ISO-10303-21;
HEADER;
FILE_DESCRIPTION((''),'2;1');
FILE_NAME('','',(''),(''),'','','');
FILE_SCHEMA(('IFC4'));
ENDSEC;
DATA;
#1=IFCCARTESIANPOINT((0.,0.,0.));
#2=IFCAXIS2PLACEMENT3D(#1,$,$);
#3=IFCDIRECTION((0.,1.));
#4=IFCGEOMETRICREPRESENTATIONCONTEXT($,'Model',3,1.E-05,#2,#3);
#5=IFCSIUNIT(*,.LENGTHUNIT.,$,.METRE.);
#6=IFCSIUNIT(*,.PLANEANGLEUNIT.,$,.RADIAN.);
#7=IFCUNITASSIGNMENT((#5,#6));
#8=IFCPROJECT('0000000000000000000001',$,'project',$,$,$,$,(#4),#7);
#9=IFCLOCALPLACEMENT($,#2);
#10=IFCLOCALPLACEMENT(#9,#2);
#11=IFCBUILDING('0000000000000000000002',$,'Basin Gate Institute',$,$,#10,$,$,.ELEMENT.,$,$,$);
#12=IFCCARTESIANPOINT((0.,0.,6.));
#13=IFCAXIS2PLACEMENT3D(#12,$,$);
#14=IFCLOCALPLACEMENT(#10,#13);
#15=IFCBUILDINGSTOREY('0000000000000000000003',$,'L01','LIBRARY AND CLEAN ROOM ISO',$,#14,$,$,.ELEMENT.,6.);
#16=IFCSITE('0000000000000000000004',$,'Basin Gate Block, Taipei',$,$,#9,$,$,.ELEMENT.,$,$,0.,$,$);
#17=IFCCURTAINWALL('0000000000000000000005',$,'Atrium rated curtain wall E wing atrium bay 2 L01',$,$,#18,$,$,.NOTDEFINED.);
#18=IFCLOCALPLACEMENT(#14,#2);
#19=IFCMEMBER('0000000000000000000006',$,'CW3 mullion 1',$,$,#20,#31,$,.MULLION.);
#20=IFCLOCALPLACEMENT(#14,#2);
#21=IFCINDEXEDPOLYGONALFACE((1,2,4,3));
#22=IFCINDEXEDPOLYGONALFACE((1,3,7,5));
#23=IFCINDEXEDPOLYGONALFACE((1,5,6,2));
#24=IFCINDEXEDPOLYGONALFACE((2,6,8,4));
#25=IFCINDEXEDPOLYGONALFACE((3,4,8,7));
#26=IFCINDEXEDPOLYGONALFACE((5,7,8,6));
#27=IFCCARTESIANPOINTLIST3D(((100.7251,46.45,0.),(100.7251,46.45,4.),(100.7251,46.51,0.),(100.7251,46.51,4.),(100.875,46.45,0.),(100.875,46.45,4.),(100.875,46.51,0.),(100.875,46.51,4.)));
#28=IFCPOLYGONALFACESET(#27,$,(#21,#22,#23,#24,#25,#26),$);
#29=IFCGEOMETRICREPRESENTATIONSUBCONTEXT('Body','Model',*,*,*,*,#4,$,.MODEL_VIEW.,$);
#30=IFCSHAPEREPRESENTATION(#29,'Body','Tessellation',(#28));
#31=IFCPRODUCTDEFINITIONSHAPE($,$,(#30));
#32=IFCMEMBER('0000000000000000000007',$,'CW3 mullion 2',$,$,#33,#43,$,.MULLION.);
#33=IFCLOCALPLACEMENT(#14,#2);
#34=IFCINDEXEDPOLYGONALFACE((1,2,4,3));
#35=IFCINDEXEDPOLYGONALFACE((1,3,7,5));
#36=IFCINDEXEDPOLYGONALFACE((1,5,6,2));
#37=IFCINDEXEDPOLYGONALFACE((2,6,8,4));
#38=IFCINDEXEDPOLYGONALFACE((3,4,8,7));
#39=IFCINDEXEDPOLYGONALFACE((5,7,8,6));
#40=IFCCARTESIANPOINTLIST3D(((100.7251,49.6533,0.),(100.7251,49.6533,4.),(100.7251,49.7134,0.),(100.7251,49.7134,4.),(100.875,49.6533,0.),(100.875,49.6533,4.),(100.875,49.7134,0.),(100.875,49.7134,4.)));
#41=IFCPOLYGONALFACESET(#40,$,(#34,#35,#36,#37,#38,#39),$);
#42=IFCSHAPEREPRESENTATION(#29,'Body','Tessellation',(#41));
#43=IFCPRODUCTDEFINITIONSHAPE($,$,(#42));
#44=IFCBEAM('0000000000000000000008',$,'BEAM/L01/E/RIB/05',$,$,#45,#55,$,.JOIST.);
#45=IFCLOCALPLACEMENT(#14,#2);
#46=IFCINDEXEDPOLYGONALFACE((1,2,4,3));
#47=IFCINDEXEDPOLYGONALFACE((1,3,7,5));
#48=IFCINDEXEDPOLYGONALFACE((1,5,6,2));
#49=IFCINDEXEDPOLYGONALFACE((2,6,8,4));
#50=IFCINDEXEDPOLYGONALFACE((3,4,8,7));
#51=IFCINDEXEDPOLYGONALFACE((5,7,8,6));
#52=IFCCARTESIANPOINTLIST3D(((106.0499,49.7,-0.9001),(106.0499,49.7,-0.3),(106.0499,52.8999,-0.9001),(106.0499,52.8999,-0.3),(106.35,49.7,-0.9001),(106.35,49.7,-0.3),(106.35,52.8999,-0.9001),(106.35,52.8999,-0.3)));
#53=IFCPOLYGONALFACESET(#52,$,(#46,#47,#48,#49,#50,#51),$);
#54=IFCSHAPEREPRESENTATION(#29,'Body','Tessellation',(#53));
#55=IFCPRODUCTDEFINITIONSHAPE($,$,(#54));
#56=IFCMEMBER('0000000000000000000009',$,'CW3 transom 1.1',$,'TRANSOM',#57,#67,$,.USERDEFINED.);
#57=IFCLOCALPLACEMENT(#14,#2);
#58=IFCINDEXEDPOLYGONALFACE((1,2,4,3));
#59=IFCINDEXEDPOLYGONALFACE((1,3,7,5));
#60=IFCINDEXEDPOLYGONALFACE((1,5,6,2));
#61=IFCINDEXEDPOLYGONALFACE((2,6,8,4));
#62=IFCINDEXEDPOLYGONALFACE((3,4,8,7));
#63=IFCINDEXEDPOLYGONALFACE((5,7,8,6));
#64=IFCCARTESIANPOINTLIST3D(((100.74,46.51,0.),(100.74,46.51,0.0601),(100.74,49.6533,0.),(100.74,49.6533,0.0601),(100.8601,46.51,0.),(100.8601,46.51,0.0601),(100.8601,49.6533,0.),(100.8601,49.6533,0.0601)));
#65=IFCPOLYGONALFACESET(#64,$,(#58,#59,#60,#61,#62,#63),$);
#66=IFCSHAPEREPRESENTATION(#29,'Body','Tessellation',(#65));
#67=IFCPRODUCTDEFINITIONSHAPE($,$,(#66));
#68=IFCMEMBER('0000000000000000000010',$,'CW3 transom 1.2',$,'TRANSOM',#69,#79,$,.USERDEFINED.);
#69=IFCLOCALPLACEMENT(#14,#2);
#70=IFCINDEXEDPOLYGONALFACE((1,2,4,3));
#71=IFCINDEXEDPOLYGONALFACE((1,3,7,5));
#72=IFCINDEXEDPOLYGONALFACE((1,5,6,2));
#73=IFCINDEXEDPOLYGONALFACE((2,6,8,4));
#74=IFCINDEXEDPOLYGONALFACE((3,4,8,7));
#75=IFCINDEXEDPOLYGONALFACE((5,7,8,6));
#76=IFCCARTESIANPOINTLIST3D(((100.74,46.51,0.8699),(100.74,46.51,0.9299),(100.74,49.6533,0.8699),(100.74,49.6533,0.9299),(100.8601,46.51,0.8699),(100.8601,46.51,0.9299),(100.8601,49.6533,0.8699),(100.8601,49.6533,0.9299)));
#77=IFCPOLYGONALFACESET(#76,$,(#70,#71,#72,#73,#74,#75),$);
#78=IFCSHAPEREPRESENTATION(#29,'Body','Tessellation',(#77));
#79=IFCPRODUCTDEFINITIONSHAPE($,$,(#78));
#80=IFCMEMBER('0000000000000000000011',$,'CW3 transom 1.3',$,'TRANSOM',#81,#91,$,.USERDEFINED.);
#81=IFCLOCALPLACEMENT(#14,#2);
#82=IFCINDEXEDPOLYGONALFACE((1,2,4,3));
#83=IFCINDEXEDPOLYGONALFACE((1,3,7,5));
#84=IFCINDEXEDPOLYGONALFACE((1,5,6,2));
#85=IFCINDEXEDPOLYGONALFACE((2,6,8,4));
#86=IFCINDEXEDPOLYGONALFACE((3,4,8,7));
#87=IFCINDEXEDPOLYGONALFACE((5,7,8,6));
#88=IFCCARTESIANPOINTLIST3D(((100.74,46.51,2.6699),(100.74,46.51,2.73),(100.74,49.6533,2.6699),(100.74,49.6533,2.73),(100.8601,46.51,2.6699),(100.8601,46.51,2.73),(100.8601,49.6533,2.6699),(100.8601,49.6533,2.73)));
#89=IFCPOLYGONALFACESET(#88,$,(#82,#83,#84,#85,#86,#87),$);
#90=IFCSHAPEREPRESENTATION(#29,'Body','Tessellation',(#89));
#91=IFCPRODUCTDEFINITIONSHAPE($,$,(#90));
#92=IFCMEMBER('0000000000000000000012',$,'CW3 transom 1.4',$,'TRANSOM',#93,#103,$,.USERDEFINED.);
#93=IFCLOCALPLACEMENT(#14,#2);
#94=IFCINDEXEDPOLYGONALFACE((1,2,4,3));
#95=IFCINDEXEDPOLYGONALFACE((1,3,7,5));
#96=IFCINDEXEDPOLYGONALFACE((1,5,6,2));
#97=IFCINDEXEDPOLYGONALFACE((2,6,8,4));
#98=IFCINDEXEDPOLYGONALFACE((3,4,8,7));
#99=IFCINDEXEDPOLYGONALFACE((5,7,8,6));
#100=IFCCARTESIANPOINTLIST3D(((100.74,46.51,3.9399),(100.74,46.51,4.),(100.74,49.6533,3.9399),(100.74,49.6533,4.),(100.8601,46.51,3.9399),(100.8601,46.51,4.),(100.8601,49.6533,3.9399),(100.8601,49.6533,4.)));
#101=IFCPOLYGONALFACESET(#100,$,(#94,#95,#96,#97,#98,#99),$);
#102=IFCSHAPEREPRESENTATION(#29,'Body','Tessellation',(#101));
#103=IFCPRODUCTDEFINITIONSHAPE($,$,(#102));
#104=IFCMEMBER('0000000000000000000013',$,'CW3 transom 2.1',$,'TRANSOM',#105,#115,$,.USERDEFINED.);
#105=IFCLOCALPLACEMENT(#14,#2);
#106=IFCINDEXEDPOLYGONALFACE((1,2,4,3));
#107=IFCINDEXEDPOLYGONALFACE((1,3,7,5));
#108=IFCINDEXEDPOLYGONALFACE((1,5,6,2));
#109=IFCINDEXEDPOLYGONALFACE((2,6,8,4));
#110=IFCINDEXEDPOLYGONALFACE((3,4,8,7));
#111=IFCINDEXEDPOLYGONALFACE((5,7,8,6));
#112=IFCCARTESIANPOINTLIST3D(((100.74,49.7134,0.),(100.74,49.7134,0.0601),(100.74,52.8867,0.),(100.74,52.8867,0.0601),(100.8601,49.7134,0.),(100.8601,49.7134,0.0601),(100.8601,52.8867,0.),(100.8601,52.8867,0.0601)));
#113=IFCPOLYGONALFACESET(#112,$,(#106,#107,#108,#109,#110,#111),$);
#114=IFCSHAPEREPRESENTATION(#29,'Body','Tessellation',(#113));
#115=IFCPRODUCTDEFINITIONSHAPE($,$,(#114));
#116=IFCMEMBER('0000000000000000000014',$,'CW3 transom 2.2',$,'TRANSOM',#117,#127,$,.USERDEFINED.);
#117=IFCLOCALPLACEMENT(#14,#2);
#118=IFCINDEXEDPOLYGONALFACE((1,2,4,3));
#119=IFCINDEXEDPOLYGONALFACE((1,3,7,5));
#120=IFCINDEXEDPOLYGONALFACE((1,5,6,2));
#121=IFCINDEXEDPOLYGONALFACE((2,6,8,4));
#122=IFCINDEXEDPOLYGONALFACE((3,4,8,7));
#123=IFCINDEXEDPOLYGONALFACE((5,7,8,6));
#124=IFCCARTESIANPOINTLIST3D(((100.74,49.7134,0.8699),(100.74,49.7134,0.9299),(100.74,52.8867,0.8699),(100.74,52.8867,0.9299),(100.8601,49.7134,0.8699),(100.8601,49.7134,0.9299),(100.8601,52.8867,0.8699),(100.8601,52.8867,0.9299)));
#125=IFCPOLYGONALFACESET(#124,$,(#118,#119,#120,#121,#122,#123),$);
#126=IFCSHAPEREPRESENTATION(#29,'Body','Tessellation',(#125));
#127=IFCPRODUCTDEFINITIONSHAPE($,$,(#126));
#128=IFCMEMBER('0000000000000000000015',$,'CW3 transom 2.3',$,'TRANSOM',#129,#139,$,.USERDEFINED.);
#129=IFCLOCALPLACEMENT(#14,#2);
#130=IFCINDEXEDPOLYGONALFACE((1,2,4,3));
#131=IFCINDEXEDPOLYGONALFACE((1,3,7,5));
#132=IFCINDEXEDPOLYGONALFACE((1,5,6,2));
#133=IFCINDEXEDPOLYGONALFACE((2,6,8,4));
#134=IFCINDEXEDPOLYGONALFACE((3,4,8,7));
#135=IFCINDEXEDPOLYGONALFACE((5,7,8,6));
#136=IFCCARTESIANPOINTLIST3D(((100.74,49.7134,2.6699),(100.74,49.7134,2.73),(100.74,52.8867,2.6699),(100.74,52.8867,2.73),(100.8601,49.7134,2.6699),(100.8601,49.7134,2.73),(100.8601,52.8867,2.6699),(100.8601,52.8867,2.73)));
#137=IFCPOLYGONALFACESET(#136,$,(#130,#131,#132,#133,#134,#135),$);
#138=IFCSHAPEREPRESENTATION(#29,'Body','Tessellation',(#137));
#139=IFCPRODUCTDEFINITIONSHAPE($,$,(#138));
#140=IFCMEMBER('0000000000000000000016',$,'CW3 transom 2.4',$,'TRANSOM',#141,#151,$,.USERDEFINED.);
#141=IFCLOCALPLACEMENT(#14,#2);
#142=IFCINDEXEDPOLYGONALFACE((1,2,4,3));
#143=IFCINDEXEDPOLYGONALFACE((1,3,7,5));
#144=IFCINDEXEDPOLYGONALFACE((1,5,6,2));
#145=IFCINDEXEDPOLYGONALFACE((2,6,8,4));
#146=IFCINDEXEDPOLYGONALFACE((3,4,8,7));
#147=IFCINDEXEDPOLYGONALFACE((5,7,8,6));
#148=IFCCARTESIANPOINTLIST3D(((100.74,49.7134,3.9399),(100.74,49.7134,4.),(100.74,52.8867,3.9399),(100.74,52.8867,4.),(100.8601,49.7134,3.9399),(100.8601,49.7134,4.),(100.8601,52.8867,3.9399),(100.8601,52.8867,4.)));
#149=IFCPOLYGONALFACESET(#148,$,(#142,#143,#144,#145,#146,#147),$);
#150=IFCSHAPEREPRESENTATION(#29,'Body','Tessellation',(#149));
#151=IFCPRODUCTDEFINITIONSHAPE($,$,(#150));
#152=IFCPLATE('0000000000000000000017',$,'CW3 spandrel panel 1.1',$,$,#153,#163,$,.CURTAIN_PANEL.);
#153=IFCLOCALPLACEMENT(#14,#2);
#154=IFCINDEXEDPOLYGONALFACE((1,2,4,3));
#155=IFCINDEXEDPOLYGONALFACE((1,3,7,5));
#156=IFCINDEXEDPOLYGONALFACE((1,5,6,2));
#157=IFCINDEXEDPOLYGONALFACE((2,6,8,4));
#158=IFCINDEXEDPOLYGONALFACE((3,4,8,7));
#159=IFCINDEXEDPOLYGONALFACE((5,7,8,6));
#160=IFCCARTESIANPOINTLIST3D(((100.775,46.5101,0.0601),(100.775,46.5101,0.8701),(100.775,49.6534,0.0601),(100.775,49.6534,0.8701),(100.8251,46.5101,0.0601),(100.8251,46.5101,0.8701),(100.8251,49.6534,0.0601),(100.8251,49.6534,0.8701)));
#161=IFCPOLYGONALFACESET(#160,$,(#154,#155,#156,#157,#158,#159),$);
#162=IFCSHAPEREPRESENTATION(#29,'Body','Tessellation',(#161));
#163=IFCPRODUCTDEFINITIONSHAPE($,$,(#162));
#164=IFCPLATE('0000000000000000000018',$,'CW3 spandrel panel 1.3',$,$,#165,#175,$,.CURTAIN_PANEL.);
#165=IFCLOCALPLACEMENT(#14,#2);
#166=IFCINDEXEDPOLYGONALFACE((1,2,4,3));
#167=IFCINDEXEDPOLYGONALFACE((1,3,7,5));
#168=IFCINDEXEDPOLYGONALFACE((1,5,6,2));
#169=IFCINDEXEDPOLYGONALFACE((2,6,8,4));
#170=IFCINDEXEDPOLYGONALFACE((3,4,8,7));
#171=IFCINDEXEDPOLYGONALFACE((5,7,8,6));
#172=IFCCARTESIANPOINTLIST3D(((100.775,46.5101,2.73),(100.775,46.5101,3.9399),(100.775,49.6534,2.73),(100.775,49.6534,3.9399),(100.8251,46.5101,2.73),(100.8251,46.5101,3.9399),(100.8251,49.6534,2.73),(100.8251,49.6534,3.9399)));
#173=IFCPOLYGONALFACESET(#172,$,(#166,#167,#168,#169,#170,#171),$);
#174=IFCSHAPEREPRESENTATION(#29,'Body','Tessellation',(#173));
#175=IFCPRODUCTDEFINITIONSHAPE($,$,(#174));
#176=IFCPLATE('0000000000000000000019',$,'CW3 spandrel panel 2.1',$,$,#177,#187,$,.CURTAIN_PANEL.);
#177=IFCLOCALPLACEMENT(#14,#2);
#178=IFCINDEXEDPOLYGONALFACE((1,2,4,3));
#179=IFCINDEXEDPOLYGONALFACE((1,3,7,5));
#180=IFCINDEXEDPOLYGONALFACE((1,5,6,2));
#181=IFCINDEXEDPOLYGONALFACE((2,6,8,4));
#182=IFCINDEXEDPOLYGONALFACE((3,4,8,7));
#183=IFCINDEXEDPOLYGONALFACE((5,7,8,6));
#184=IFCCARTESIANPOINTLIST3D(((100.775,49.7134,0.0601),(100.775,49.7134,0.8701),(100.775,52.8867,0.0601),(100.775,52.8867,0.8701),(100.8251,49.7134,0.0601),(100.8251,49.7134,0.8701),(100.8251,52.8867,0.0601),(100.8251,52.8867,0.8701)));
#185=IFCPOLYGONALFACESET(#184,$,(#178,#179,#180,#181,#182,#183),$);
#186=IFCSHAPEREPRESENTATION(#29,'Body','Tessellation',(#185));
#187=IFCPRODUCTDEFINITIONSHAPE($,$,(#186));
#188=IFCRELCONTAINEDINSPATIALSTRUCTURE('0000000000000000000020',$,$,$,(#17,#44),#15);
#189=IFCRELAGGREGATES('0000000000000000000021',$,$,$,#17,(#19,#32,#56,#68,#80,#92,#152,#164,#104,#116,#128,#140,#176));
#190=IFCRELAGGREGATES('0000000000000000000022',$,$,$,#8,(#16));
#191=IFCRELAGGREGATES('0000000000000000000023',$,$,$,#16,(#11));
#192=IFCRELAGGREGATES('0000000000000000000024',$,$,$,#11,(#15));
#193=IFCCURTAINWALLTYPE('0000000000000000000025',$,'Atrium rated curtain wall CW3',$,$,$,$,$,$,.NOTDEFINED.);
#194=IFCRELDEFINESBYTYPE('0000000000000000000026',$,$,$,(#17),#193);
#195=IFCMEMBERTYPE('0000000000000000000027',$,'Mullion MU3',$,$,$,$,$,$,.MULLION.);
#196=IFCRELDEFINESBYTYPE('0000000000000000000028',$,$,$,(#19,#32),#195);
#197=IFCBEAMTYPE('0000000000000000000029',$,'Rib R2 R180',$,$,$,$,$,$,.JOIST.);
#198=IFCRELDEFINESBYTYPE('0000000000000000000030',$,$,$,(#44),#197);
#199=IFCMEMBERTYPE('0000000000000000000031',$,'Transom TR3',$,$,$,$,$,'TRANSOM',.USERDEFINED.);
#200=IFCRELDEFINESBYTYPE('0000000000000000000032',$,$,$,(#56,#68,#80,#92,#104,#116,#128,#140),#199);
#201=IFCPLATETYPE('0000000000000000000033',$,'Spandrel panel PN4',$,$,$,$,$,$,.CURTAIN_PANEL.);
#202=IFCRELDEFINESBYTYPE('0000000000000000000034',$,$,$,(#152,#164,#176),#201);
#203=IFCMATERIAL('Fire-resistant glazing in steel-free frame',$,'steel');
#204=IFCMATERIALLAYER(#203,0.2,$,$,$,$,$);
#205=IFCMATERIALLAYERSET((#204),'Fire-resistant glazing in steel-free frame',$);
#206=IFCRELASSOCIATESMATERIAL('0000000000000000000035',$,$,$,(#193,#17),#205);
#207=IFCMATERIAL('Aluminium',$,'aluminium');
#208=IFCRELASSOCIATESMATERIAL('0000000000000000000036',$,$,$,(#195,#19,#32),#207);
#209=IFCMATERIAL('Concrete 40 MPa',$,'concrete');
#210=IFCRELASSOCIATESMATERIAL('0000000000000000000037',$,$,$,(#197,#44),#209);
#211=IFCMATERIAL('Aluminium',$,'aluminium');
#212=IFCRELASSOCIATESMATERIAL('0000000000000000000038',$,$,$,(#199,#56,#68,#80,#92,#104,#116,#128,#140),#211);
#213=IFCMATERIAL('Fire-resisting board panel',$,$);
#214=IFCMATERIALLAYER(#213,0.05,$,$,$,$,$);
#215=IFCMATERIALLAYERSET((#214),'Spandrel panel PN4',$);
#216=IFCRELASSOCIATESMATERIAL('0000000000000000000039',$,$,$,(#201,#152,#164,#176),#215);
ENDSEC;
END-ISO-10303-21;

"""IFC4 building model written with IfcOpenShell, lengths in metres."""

from ifc_helpers import new_model, si_unit, direction, frame, origin, origin_2d, place, context, subcontext, project, spatial, rectangle, extrude, material, layer, layer_set, material_profile, profile_set, type_object, element, aggregate, save


model = new_model("IFC4")

# Units and contexts
model_context = context("Model", 3, precision=1e-05, world=origin(), true_north=direction((0.0, 1.0)))
body_context = subcontext(model_context, "Body", "Model", "MODEL_VIEW")
ifc_project = project(units=[si_unit("LENGTHUNIT", "METRE"), si_unit("PLANEANGLEUNIT", "RADIAN")], contexts=[model_context])

# Site, building, storey
site_placement = place(None, origin())
site = spatial("IfcSite", under=ifc_project, at=site_placement, Name="Basin Gate Block, Taipei", CompositionType="ELEMENT", RefElevation=0.0)
building_placement = place(site_placement, origin())
building = spatial("IfcBuilding", under=site, at=building_placement, Name="Basin Gate Institute", CompositionType="ELEMENT")
storey_placement = place(building_placement, frame((0.0, 0.0, 6.0)))
storey = spatial("IfcBuildingStorey", under=building, at=storey_placement, Name="L01", Description="LIBRARY AND CLEAN ROOM ISO", CompositionType="ELEMENT", Elevation=6.0)

# Curtain wall, members
ifc_material_1 = material(Name="Fire-resistant glazing in steel-free frame", Category="steel")
ifc_layer_1 = layer(ifc_material_1, 0.2)
ifc_layer_set_1 = layer_set([ifc_layer_1], Name="Fire-resistant glazing in steel-free frame")
curtain_wall_type = type_object("IfcCurtainWallType", Name="Atrium rated curtain wall CW3", PredefinedType="NOTDEFINED", material=ifc_layer_set_1)
curtain_wall_placement = place(storey_placement, origin())
curtain_wall = element("IfcCurtainWall", 1, at=curtain_wall_placement, inside=storey, type_object=curtain_wall_type, material=ifc_layer_set_1, Name="Atrium rated curtain wall E wing atrium bay 2 L01", PredefinedType="NOTDEFINED")
ifc_material_2 = material(Name="Aluminium", Category="aluminium")
ifc_material_profile_1 = material_profile(ifc_material_2, rectangle(XDim=0.1499, YDim=0.0601, at=origin_2d()), Name="Mullion MU3 150 x 60")
ifc_profile_set_1 = profile_set([ifc_material_profile_1], Name="Aluminium")
member_type_1 = type_object("IfcMemberType", Name="Mullion MU3", PredefinedType="MULLION", material=ifc_profile_set_1)
member_1_placement = place(storey_placement, frame((100.8, 46.48, 0.0), z_axis=(0.0, 0.0, 1.0), x_axis=(-1.0, 0.0, 0.0)))
member_1 = element("IfcMember", 2, at=member_1_placement, type_object=member_type_1, material=ifc_profile_set_1, Name="CW3 mullion 1", PredefinedType="MULLION", context=body_context, shape_type="SweptSolid", body=[
    extrude(rectangle(XDim=0.1499, YDim=0.0601, at=origin_2d()), origin(), (0.0, 0.0, 1.0), 4.0),
])
member_2_placement = place(storey_placement, frame((100.8, 49.6833, 0.0), z_axis=(0.0, 0.0, 1.0), x_axis=(-1.0, 0.0, 0.0)))
member_2 = element("IfcMember", 3, at=member_2_placement, type_object=member_type_1, material=ifc_profile_set_1, Name="CW3 mullion 2", PredefinedType="MULLION", context=body_context, shape_type="SweptSolid", body=[
    extrude(rectangle(XDim=0.1499, YDim=0.0601, at=origin_2d()), origin(), (0.0, 0.0, 1.0), 4.0),
])

# Beam
ifc_material_3 = material(Name="Concrete 40 MPa", Category="concrete")
ifc_material_profile_2 = material_profile(ifc_material_3, rectangle(XDim=0.3, YDim=0.6001, at=origin_2d()), Name="Rib R2 300 x 600")
ifc_profile_set_2 = profile_set([ifc_material_profile_2], Name="Concrete 40 MPa")
beam_type = type_object("IfcBeamType", Name="Rib R2 R180", PredefinedType="JOIST", material=ifc_profile_set_2)
beam_placement = place(storey_placement, frame((106.2, 49.7, -0.6001), z_axis=(0.0, 1.0, 0.0), x_axis=(-1.0, 0.0, 0.0)))
element("IfcBeam", 4, at=beam_placement, inside=storey, type_object=beam_type, material=ifc_profile_set_2, Name="BEAM/L01/E/RIB/05", PredefinedType="JOIST", context=body_context, shape_type="SweptSolid", body=[
    extrude(rectangle(XDim=0.3, YDim=0.6001, at=origin_2d()), origin(), (0.0, 0.0, 1.0), 3.2),
])

# Members
ifc_material_4 = material(Name="Aluminium", Category="aluminium")
ifc_material_profile_3 = material_profile(ifc_material_4, rectangle(XDim=0.1201, YDim=0.0601, at=origin_2d()), Name="Transom TR3 120 x 60")
ifc_profile_set_3 = profile_set([ifc_material_profile_3], Name="Aluminium")
member_type_2 = type_object("IfcMemberType", Name="Transom TR3", ElementType="TRANSOM", PredefinedType="USERDEFINED", material=ifc_profile_set_3)
member_3_placement = place(storey_placement, frame((100.8, 46.51, 0.03), z_axis=(0.0, 1.0, 0.0), x_axis=(-1.0, 0.0, 0.0)))
member_3 = element("IfcMember", 5, at=member_3_placement, type_object=member_type_2, material=ifc_profile_set_3, Name="CW3 transom 1.1", ObjectType="TRANSOM", PredefinedType="USERDEFINED", context=body_context, shape_type="SweptSolid", body=[
    extrude(rectangle(XDim=0.1201, YDim=0.0601, at=origin_2d()), origin(), (0.0, 0.0, 1.0), 3.1433),
])
member_4_placement = place(storey_placement, frame((100.8, 46.51, 0.8999), z_axis=(0.0, 1.0, 0.0), x_axis=(-1.0, 0.0, 0.0)))
member_4 = element("IfcMember", 6, at=member_4_placement, type_object=member_type_2, material=ifc_profile_set_3, Name="CW3 transom 1.2", ObjectType="TRANSOM", PredefinedType="USERDEFINED", context=body_context, shape_type="SweptSolid", body=[
    extrude(rectangle(XDim=0.1201, YDim=0.0601, at=origin_2d()), origin(), (0.0, 0.0, 1.0), 3.1433),
])
member_5_placement = place(storey_placement, frame((100.8, 46.51, 2.7), z_axis=(0.0, 1.0, 0.0), x_axis=(-1.0, 0.0, 0.0)))
member_5 = element("IfcMember", 7, at=member_5_placement, type_object=member_type_2, material=ifc_profile_set_3, Name="CW3 transom 1.3", ObjectType="TRANSOM", PredefinedType="USERDEFINED", context=body_context, shape_type="SweptSolid", body=[
    extrude(rectangle(XDim=0.1201, YDim=0.0601, at=origin_2d()), origin(), (0.0, 0.0, 1.0), 3.1433),
])
member_6_placement = place(storey_placement, frame((100.8, 46.51, 3.97), z_axis=(0.0, 1.0, 0.0), x_axis=(-1.0, 0.0, 0.0)))
member_6 = element("IfcMember", 8, at=member_6_placement, type_object=member_type_2, material=ifc_profile_set_3, Name="CW3 transom 1.4", ObjectType="TRANSOM", PredefinedType="USERDEFINED", context=body_context, shape_type="SweptSolid", body=[
    extrude(rectangle(XDim=0.1201, YDim=0.0601, at=origin_2d()), origin(), (0.0, 0.0, 1.0), 3.1433),
])
member_7_placement = place(storey_placement, frame((100.8, 49.7134, 0.03), z_axis=(0.0, 1.0, 0.0), x_axis=(-1.0, 0.0, 0.0)))
member_7 = element("IfcMember", 9, at=member_7_placement, type_object=member_type_2, material=ifc_profile_set_3, Name="CW3 transom 2.1", ObjectType="TRANSOM", PredefinedType="USERDEFINED", context=body_context, shape_type="SweptSolid", body=[
    extrude(rectangle(XDim=0.1201, YDim=0.0601, at=origin_2d()), origin(), (0.0, 0.0, 1.0), 3.1733),
])
member_8_placement = place(storey_placement, frame((100.8, 49.7134, 0.8999), z_axis=(0.0, 1.0, 0.0), x_axis=(-1.0, 0.0, 0.0)))
member_8 = element("IfcMember", 10, at=member_8_placement, type_object=member_type_2, material=ifc_profile_set_3, Name="CW3 transom 2.2", ObjectType="TRANSOM", PredefinedType="USERDEFINED", context=body_context, shape_type="SweptSolid", body=[
    extrude(rectangle(XDim=0.1201, YDim=0.0601, at=origin_2d()), origin(), (0.0, 0.0, 1.0), 3.1733),
])
member_9_placement = place(storey_placement, frame((100.8, 49.7134, 2.7), z_axis=(0.0, 1.0, 0.0), x_axis=(-1.0, 0.0, 0.0)))
member_9 = element("IfcMember", 11, at=member_9_placement, type_object=member_type_2, material=ifc_profile_set_3, Name="CW3 transom 2.3", ObjectType="TRANSOM", PredefinedType="USERDEFINED", context=body_context, shape_type="SweptSolid", body=[
    extrude(rectangle(XDim=0.1201, YDim=0.0601, at=origin_2d()), origin(), (0.0, 0.0, 1.0), 3.1733),
])
member_10_placement = place(storey_placement, frame((100.8, 49.7134, 3.97), z_axis=(0.0, 1.0, 0.0), x_axis=(-1.0, 0.0, 0.0)))
member_10 = element("IfcMember", 12, at=member_10_placement, type_object=member_type_2, material=ifc_profile_set_3, Name="CW3 transom 2.4", ObjectType="TRANSOM", PredefinedType="USERDEFINED", context=body_context, shape_type="SweptSolid", body=[
    extrude(rectangle(XDim=0.1201, YDim=0.0601, at=origin_2d()), origin(), (0.0, 0.0, 1.0), 3.1733),
])

# Plates
ifc_material_5 = material(Name="Fire-resisting board panel")
ifc_layer_2 = layer(ifc_material_5, 0.05)
ifc_layer_set_2 = layer_set([ifc_layer_2], Name="Spandrel panel PN4")
plate_type_1 = type_object("IfcPlateType", Name="Spandrel panel PN4", PredefinedType="CURTAIN_PANEL", material=ifc_layer_set_2)
plate_1_placement = place(storey_placement, frame((100.8, 48.0818, 0.0601), z_axis=(0.0, 0.0, 1.0), x_axis=(0.0, 1.0, 0.0)))
plate_1 = element("IfcPlate", 13, at=plate_1_placement, type_object=plate_type_1, material=ifc_layer_set_2, Name="CW3 spandrel panel 1.1", PredefinedType="CURTAIN_PANEL", context=body_context, shape_type="SweptSolid", body=[
    extrude(rectangle(XDim=3.1433, YDim=0.05, at=origin_2d()), origin(), (0.0, 0.0, 1.0), 0.8101),
])
plate_2_placement = place(storey_placement, frame((100.8, 48.0818, 2.73), z_axis=(0.0, 0.0, 1.0), x_axis=(0.0, 1.0, 0.0)))
plate_2 = element("IfcPlate", 14, at=plate_2_placement, type_object=plate_type_1, material=ifc_layer_set_2, Name="CW3 spandrel panel 1.3", PredefinedType="CURTAIN_PANEL", context=body_context, shape_type="SweptSolid", body=[
    extrude(rectangle(XDim=3.1433, YDim=0.05, at=origin_2d()), origin(), (0.0, 0.0, 1.0), 1.21),
])
plate_3_placement = place(storey_placement, frame((100.8, 51.3, 0.0601), z_axis=(0.0, 0.0, 1.0), x_axis=(0.0, 1.0, 0.0)))
plate_3 = element("IfcPlate", 15, at=plate_3_placement, type_object=plate_type_1, material=ifc_layer_set_2, Name="CW3 spandrel panel 2.1", PredefinedType="CURTAIN_PANEL", context=body_context, shape_type="SweptSolid", body=[
    extrude(rectangle(XDim=3.1733, YDim=0.05, at=origin_2d()), origin(), (0.0, 0.0, 1.0), 0.8101),
])
aggregate(curtain_wall, [member_1, member_2, member_3, member_4, member_5, member_6, plate_1, plate_2, member_7, member_8, member_9, member_10, plate_3])

save(model, "model.ifc")
